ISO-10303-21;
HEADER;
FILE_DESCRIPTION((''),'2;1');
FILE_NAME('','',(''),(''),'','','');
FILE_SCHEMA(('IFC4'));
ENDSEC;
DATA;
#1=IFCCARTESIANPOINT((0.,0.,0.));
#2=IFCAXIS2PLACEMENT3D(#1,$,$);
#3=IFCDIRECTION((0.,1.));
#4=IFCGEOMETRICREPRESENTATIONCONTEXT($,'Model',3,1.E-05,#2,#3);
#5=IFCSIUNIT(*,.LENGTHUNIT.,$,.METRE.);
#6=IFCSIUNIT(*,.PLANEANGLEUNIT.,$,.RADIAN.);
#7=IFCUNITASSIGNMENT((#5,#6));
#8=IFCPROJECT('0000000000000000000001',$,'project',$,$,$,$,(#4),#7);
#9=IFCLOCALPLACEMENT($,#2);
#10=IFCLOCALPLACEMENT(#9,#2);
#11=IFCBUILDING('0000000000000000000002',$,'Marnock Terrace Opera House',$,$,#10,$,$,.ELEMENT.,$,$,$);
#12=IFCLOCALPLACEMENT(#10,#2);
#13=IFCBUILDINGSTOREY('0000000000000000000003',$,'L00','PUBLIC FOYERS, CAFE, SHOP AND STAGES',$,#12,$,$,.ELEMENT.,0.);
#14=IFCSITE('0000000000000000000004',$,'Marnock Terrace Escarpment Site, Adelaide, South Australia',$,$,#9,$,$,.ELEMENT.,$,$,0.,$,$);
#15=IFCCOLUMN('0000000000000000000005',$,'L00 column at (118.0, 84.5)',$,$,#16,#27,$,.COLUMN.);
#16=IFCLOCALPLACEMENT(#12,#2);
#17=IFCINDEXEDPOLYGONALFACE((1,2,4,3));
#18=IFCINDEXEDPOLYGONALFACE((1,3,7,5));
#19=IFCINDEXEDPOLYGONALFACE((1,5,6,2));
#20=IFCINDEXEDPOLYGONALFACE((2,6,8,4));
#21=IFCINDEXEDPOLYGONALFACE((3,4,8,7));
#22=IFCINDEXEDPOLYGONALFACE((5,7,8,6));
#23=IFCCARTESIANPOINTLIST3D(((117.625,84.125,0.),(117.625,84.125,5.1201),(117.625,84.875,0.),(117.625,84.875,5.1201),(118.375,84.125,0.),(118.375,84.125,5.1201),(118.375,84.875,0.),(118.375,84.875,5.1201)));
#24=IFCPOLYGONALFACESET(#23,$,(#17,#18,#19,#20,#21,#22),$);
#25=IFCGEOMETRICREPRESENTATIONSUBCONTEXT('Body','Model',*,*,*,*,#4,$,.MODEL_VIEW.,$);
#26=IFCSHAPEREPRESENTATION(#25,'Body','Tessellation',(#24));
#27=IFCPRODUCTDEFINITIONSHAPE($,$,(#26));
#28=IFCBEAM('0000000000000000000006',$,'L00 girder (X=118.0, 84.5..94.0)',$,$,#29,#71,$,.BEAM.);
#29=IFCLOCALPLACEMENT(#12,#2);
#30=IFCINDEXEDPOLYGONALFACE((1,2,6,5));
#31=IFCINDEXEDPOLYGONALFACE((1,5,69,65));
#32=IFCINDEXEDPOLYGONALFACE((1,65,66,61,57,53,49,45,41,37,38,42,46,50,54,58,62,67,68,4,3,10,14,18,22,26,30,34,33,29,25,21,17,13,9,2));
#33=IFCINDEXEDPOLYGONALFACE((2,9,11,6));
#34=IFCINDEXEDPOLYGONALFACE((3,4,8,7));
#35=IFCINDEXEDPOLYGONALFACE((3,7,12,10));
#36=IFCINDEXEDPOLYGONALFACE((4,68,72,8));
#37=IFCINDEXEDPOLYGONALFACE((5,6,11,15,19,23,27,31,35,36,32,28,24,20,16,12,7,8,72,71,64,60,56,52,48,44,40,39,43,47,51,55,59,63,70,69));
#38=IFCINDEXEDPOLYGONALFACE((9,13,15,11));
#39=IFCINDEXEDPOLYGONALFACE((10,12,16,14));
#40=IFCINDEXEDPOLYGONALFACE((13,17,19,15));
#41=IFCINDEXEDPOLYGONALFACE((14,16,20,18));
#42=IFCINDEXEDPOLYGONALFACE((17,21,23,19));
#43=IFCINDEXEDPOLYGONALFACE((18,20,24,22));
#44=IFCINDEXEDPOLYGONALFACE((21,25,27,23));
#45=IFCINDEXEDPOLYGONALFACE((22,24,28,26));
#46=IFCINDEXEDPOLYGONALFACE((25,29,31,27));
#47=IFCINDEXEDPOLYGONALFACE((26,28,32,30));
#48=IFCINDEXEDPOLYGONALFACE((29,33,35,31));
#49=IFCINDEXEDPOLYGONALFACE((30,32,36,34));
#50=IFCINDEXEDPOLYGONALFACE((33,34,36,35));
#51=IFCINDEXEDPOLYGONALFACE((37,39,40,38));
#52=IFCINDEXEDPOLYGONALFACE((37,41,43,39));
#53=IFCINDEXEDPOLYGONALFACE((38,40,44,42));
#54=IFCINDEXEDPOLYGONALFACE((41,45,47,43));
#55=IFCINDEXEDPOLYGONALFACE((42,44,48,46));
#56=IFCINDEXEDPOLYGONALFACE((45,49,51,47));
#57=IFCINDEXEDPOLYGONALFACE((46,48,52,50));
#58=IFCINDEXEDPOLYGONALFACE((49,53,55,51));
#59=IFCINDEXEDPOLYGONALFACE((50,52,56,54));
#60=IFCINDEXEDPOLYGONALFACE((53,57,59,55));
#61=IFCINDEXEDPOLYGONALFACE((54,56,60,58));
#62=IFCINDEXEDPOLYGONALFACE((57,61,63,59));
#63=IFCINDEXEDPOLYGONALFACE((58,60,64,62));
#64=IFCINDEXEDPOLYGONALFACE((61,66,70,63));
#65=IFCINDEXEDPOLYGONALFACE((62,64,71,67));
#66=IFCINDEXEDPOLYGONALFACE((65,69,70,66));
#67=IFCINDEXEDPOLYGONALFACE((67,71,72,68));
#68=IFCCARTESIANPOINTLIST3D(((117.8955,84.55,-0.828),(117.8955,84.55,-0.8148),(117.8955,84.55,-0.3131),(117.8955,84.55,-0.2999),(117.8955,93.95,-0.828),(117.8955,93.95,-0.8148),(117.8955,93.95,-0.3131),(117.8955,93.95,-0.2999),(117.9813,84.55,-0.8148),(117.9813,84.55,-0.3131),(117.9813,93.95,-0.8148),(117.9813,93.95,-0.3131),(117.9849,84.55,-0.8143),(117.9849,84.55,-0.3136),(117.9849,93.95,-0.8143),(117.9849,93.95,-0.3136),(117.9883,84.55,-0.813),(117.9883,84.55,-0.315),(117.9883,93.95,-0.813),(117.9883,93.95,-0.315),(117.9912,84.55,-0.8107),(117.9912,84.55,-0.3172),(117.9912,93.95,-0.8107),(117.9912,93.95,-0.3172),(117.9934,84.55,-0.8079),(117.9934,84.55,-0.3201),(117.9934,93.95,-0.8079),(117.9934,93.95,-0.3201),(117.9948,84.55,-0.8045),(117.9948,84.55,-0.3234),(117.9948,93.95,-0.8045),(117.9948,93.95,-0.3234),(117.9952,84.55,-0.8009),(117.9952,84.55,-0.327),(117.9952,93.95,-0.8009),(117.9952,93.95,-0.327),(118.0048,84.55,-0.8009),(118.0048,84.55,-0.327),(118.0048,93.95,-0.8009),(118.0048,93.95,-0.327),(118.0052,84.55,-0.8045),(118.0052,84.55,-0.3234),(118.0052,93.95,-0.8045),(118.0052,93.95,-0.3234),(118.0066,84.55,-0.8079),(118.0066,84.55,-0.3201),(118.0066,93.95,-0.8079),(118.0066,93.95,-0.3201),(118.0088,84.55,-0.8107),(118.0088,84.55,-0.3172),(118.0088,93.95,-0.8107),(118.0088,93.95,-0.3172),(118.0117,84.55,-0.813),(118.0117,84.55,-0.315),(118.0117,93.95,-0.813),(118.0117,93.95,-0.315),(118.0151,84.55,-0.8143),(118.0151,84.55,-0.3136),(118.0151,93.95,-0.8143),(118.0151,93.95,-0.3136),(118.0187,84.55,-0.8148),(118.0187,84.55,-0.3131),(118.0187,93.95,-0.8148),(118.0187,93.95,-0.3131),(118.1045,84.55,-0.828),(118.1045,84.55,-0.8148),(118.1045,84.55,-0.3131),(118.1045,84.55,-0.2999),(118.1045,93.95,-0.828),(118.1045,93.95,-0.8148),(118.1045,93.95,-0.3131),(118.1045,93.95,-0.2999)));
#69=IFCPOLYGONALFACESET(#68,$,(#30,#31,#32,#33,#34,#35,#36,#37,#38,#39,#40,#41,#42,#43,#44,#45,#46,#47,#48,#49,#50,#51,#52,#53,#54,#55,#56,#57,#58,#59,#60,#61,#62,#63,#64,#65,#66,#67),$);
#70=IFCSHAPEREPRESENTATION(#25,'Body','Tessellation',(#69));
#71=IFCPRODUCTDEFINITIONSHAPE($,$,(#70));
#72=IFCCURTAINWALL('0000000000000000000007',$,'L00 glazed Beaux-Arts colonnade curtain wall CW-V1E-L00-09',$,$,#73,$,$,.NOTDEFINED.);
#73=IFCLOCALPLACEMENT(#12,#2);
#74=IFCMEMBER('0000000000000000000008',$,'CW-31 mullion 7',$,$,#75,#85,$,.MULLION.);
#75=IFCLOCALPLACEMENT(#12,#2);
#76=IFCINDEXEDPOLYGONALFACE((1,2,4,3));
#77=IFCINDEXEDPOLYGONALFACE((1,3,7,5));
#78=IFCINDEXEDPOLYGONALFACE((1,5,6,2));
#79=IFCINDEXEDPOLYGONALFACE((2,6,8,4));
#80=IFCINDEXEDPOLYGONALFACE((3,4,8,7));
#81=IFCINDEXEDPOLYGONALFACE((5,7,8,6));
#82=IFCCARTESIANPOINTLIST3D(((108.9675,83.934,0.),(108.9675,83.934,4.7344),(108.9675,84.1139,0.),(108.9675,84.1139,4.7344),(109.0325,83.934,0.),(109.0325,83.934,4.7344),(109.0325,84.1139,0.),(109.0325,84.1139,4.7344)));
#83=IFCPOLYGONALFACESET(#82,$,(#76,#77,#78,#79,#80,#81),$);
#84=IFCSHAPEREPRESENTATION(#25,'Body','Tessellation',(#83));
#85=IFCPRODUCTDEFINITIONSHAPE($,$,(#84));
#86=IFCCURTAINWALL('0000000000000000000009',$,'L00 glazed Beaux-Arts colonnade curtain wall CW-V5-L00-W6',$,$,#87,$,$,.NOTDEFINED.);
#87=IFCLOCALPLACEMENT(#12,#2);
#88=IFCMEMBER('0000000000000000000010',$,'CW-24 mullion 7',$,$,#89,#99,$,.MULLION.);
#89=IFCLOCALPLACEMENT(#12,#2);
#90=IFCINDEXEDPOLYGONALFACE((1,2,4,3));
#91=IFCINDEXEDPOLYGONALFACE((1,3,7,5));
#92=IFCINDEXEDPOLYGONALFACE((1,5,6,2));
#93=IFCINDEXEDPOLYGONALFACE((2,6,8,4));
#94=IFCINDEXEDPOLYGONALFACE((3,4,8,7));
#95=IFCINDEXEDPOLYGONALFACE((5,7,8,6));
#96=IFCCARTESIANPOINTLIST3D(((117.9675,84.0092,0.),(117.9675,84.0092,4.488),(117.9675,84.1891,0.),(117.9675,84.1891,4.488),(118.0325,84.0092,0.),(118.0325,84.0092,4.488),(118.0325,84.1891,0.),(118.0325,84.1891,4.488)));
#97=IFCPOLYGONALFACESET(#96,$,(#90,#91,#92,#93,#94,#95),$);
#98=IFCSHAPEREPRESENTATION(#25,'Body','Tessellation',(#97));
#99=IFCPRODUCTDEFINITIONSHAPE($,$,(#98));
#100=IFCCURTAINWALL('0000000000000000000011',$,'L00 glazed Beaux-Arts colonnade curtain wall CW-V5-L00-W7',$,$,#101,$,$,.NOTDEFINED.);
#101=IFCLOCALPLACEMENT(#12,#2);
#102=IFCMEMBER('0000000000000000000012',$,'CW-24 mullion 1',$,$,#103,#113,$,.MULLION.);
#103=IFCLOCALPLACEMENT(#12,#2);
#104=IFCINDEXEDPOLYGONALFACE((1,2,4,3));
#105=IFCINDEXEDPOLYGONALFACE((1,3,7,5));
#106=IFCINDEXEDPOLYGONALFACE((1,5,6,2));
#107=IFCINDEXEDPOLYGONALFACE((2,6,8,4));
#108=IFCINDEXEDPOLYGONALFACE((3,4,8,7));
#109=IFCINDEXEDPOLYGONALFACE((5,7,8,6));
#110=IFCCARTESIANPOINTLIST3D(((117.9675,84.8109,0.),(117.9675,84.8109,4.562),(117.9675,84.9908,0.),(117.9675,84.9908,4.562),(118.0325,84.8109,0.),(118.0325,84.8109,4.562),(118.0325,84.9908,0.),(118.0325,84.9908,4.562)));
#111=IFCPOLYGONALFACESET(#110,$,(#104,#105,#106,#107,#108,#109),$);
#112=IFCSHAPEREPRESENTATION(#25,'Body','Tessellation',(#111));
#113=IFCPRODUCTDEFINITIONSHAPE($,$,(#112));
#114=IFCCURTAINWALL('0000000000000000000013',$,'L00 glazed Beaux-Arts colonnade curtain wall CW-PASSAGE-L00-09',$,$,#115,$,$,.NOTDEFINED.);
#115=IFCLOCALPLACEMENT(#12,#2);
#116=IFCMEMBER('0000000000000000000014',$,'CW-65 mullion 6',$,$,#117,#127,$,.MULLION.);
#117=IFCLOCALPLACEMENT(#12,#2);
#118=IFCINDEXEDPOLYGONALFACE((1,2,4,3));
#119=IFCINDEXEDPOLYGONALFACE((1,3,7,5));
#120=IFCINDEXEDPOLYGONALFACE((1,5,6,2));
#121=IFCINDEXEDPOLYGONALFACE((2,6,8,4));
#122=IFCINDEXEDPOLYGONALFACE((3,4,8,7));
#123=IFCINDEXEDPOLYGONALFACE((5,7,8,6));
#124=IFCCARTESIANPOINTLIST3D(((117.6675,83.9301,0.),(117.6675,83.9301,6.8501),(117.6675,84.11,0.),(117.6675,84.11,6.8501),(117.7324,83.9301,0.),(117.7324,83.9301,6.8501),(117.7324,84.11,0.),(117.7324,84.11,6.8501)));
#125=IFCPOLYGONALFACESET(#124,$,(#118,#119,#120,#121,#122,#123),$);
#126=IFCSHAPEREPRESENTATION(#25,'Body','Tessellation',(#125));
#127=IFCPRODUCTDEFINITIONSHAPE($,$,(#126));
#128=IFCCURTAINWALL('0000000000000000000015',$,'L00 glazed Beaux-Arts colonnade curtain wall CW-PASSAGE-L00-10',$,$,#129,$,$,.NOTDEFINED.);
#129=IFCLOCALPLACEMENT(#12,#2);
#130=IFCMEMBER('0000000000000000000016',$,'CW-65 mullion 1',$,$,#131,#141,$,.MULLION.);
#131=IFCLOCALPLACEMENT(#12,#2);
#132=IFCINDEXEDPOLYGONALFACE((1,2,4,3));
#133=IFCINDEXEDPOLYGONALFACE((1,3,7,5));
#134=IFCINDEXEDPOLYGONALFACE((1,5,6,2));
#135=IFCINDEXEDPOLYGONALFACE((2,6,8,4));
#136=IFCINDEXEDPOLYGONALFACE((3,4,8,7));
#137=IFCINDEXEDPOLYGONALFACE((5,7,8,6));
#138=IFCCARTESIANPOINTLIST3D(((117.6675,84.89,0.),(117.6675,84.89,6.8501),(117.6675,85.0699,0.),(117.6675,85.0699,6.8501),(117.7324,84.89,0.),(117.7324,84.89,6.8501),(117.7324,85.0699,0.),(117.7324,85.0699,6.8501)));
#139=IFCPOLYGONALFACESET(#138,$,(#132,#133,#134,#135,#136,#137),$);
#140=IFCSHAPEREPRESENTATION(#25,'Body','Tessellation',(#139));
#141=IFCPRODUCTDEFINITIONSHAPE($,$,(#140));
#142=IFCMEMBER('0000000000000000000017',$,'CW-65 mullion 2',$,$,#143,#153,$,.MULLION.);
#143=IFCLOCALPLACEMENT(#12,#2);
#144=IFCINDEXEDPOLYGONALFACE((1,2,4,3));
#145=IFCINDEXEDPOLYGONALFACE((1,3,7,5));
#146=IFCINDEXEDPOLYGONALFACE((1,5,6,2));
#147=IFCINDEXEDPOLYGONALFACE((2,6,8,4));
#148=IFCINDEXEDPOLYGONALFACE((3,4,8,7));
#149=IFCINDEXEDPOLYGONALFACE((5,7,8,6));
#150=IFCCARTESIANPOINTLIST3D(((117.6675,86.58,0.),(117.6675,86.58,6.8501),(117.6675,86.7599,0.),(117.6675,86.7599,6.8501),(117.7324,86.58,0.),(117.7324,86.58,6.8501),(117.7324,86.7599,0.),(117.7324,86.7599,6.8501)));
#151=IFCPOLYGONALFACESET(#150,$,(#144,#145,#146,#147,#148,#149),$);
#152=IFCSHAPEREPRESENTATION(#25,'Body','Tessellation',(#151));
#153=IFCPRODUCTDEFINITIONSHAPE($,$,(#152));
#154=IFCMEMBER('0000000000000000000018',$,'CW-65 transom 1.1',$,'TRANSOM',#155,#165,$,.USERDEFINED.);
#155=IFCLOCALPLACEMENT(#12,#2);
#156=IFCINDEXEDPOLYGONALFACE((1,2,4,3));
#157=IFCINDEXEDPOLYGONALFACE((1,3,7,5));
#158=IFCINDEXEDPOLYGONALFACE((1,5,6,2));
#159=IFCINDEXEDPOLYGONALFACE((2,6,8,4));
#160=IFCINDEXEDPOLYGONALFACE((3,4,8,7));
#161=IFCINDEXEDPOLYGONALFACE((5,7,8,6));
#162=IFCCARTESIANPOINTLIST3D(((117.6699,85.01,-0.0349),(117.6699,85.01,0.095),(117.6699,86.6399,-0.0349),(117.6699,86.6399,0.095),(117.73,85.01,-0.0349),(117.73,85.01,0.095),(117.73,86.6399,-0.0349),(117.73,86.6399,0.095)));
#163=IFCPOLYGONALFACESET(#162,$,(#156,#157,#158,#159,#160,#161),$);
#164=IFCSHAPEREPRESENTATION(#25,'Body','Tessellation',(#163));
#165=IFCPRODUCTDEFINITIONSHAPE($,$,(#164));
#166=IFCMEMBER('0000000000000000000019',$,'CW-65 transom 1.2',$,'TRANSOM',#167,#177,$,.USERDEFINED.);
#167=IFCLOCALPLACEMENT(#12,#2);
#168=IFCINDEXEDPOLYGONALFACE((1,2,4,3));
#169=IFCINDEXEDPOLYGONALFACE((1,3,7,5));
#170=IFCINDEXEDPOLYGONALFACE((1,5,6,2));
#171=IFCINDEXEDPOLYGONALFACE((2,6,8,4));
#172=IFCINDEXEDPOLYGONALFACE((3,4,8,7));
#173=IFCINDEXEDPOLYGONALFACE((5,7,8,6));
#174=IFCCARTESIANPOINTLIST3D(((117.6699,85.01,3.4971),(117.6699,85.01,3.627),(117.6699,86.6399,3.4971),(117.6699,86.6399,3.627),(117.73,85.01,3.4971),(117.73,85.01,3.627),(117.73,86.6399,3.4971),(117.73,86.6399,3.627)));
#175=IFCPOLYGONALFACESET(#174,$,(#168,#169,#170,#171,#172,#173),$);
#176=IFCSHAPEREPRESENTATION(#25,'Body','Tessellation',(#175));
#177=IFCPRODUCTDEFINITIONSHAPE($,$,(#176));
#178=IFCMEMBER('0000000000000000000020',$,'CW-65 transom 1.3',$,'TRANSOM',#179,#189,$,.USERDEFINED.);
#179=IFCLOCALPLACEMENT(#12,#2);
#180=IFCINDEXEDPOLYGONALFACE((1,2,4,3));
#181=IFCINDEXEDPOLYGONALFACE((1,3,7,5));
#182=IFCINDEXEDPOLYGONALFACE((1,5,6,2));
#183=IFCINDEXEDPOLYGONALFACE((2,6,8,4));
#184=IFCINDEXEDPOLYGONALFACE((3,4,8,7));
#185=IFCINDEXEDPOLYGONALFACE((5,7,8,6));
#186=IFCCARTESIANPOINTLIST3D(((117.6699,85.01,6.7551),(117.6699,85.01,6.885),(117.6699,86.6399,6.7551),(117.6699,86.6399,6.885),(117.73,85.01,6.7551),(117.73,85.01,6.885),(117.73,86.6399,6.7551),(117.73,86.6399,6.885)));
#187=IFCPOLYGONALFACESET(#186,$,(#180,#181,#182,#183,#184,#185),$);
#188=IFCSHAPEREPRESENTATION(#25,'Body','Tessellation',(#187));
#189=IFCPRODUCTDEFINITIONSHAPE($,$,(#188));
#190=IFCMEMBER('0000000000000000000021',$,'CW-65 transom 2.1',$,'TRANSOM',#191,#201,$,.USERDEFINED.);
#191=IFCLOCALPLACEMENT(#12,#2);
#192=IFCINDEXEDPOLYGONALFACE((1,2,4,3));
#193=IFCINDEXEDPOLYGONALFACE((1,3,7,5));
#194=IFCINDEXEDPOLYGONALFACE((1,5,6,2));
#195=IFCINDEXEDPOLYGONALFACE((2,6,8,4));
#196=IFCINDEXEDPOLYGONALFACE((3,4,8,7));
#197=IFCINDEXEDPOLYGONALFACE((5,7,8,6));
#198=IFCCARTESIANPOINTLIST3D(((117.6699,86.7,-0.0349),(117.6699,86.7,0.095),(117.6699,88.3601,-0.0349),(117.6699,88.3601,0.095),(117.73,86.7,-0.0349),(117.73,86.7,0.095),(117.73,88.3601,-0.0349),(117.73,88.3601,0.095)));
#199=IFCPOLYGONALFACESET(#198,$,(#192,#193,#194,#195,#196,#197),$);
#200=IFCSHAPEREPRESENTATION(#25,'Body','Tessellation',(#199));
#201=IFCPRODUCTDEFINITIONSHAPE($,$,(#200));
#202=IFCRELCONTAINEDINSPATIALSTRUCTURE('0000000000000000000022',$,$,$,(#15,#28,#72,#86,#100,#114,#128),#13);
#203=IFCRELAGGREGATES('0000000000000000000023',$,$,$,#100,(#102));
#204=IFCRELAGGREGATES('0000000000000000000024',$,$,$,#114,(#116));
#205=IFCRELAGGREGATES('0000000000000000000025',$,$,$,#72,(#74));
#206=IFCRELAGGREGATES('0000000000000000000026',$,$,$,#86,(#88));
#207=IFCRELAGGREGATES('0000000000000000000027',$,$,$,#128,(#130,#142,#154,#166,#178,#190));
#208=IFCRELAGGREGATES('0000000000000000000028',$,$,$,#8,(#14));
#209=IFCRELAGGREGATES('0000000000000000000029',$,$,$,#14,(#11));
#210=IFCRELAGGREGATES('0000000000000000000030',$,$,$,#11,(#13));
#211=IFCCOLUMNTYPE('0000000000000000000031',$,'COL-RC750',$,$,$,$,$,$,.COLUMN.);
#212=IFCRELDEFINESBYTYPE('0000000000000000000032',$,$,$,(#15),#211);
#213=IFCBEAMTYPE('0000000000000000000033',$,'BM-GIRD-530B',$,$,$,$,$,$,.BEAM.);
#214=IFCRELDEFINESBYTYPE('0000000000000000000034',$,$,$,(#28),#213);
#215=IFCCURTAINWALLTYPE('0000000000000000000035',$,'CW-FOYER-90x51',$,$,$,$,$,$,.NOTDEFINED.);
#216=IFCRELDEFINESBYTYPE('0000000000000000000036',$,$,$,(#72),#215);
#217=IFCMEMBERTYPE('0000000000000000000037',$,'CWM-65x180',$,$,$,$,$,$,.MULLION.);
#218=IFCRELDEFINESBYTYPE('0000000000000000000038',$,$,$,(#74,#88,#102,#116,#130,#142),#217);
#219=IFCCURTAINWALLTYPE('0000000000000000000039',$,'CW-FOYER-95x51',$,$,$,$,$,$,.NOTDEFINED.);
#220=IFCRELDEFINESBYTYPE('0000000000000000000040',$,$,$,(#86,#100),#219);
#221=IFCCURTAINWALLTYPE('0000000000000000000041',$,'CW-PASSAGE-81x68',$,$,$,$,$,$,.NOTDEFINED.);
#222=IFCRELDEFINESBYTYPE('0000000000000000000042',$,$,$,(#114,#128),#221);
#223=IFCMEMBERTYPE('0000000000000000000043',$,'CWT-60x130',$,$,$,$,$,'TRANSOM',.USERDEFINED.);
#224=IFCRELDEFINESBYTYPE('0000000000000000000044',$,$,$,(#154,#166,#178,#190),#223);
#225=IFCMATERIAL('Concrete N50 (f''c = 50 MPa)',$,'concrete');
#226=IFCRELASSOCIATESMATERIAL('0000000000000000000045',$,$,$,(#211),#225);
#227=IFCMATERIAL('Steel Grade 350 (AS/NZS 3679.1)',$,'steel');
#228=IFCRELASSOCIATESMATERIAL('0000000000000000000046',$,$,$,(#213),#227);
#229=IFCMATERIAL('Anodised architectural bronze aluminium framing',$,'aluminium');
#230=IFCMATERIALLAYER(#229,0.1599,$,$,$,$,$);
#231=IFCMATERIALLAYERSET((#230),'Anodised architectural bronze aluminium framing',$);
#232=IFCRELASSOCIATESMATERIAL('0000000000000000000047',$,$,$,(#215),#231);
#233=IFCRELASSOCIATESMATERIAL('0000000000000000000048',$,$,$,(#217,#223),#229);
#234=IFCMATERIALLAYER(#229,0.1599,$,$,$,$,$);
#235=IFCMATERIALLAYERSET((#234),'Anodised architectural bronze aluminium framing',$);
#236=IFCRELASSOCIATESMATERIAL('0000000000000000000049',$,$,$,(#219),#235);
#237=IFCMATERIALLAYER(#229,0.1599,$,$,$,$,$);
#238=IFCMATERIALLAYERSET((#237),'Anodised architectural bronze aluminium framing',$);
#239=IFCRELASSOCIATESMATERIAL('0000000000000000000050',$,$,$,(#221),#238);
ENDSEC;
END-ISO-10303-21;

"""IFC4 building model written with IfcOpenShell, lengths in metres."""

from ifc_helpers import new_model, si_unit, direction, frame, origin, origin_2d, place, context, subcontext, project, spatial, rectangle, i_section, extrude, material, layer, layer_set, material_profile, profile_set, type_object, element, aggregate, save


model = new_model("IFC4")

# Units and contexts
model_context = context("Model", 3, precision=1e-05, world=origin(), true_north=direction((0.0, 1.0)))
body_context = subcontext(model_context, "Body", "Model", "MODEL_VIEW")
ifc_project = project(units=[si_unit("LENGTHUNIT", "METRE"), si_unit("PLANEANGLEUNIT", "RADIAN")], contexts=[model_context])

# Site, building, storey
site_placement = place(None, origin())
site = spatial("IfcSite", under=ifc_project, at=site_placement, Name="Marnock Terrace Escarpment Site, Adelaide, South Australia", CompositionType="ELEMENT", RefElevation=0.0)
building_placement = place(site_placement, origin())
building = spatial("IfcBuilding", under=site, at=building_placement, Name="Marnock Terrace Opera House", CompositionType="ELEMENT")
storey_placement = place(building_placement, origin())
storey = spatial("IfcBuildingStorey", under=building, at=storey_placement, Name="L00", Description="PUBLIC FOYERS, CAFE, SHOP AND STAGES", CompositionType="ELEMENT", Elevation=0.0)

# Column
ifc_material_1 = material(Name="Concrete N50 (f'c = 50 MPa)", Category="concrete")
ifc_material_profile_1 = material_profile(ifc_material_1, rectangle(XDim=0.75, YDim=0.75, at=origin_2d()))
ifc_profile_set_1 = profile_set([ifc_material_profile_1], Name="Concrete N50 (f'c = 50 MPa)")
column_type = type_object("IfcColumnType", Name="COL-RC750", PredefinedType="COLUMN", material=ifc_profile_set_1)
column_placement = place(storey_placement, frame((118.0, 84.5, 0.0), z_axis=(0.0, 0.0, 1.0), x_axis=(1.0, 0.0, 0.0)))
element("IfcColumn", 1, at=column_placement, inside=storey, type_object=column_type, Name="L00 column at (118.0, 84.5)", PredefinedType="COLUMN", context=body_context, shape_type="SweptSolid", body=[
    extrude(rectangle(XDim=0.75, YDim=0.75, at=origin_2d()), origin(), (0.0, 0.0, 1.0), 5.1201),
])

# Beam
ifc_material_2 = material(Name="Steel Grade 350 (AS/NZS 3679.1)", Category="steel")
ifc_material_profile_2 = material_profile(ifc_material_2, i_section(OverallWidth=0.209, OverallDepth=0.5281, WebThickness=0.0095, FlangeThickness=0.0132, FilletRadius=0.0139, at=origin_2d()))
ifc_profile_set_2 = profile_set([ifc_material_profile_2], Name="Steel Grade 350 (AS/NZS 3679.1)")
beam_type = type_object("IfcBeamType", Name="BM-GIRD-530B", PredefinedType="BEAM", material=ifc_profile_set_2)
beam_placement = place(storey_placement, frame((118.0, 84.55, -0.564), z_axis=(0.0, 1.0, 0.0), x_axis=(-1.0, 0.0, 0.0)))
element("IfcBeam", 2, at=beam_placement, inside=storey, type_object=beam_type, Name="L00 girder (X=118.0, 84.5..94.0)", PredefinedType="BEAM", context=body_context, shape_type="SweptSolid", body=[
    extrude(i_section(OverallWidth=0.209, OverallDepth=0.5281, WebThickness=0.0095, FlangeThickness=0.0132, FilletRadius=0.0139, at=origin_2d()), origin(), (0.0, 0.0, 1.0), 9.3999),
])

# Curtain walls, members
ifc_material_3 = material(Name="Anodised architectural bronze aluminium framing", Category="aluminium")
ifc_layer_1 = layer(ifc_material_3, 0.1599)
ifc_layer_set_1 = layer_set([ifc_layer_1], Name="Anodised architectural bronze aluminium framing")
curtain_wall_type_1 = type_object("IfcCurtainWallType", Name="CW-FOYER-90x51", PredefinedType="NOTDEFINED", material=ifc_layer_set_1)
curtain_wall_1_placement = place(storey_placement, origin())
curtain_wall_1 = element("IfcCurtainWall", 3, at=curtain_wall_1_placement, inside=storey, type_object=curtain_wall_type_1, Name="L00 glazed Beaux-Arts colonnade curtain wall CW-V1E-L00-09", PredefinedType="NOTDEFINED")
ifc_material_profile_3 = material_profile(ifc_material_3, rectangle(XDim=0.0649, YDim=0.1799, at=origin_2d()))
ifc_profile_set_3 = profile_set([ifc_material_profile_3], Name="Anodised architectural bronze aluminium framing")
member_type_1 = type_object("IfcMemberType", Name="CWM-65x180", PredefinedType="MULLION", material=ifc_profile_set_3)
member_1_placement = place(storey_placement, frame((109.0, 84.0239, 0.0), z_axis=(0.0, 0.0, 1.0), x_axis=(-1.0, 0.0, 0.0)))
member_1 = element("IfcMember", 4, at=member_1_placement, type_object=member_type_1, Name="CW-31 mullion 7", PredefinedType="MULLION", context=body_context, shape_type="SweptSolid", body=[
    extrude(rectangle(XDim=0.0649, YDim=0.1799, at=origin_2d()), origin(), (0.0, 0.0, 1.0), 4.7344),
])
ifc_layer_2 = layer(ifc_material_3, 0.1599)
ifc_layer_set_2 = layer_set([ifc_layer_2], Name="Anodised architectural bronze aluminium framing")
curtain_wall_type_2 = type_object("IfcCurtainWallType", Name="CW-FOYER-95x51", PredefinedType="NOTDEFINED", material=ifc_layer_set_2)
curtain_wall_2_placement = place(storey_placement, origin())
curtain_wall_2 = element("IfcCurtainWall", 5, at=curtain_wall_2_placement, inside=storey, type_object=curtain_wall_type_2, Name="L00 glazed Beaux-Arts colonnade curtain wall CW-V5-L00-W6", PredefinedType="NOTDEFINED")
member_2_placement = place(storey_placement, frame((118.0, 84.0991, 0.0), z_axis=(0.0, 0.0, 1.0), x_axis=(-1.0, 0.0, 0.0)))
member_2 = element("IfcMember", 6, at=member_2_placement, type_object=member_type_1, Name="CW-24 mullion 7", PredefinedType="MULLION", context=body_context, shape_type="SweptSolid", body=[
    extrude(rectangle(XDim=0.0649, YDim=0.1799, at=origin_2d()), origin(), (0.0, 0.0, 1.0), 4.488),
])
curtain_wall_3_placement = place(storey_placement, origin())
curtain_wall_3 = element("IfcCurtainWall", 7, at=curtain_wall_3_placement, inside=storey, type_object=curtain_wall_type_2, Name="L00 glazed Beaux-Arts colonnade curtain wall CW-V5-L00-W7", PredefinedType="NOTDEFINED")
member_3_placement = place(storey_placement, frame((118.0, 84.9009, 0.0), z_axis=(0.0, 0.0, 1.0), x_axis=(-1.0, 0.0, 0.0)))
member_3 = element("IfcMember", 8, at=member_3_placement, type_object=member_type_1, Name="CW-24 mullion 1", PredefinedType="MULLION", context=body_context, shape_type="SweptSolid", body=[
    extrude(rectangle(XDim=0.0649, YDim=0.1799, at=origin_2d()), origin(), (0.0, 0.0, 1.0), 4.562),
])
aggregate(curtain_wall_3, [member_3])
ifc_layer_3 = layer(ifc_material_3, 0.1599)
ifc_layer_set_3 = layer_set([ifc_layer_3], Name="Anodised architectural bronze aluminium framing")
curtain_wall_type_3 = type_object("IfcCurtainWallType", Name="CW-PASSAGE-81x68", PredefinedType="NOTDEFINED", material=ifc_layer_set_3)
curtain_wall_4_placement = place(storey_placement, origin())
curtain_wall_4 = element("IfcCurtainWall", 9, at=curtain_wall_4_placement, inside=storey, type_object=curtain_wall_type_3, Name="L00 glazed Beaux-Arts colonnade curtain wall CW-PASSAGE-L00-09", PredefinedType="NOTDEFINED")
member_4_placement = place(storey_placement, frame((117.7, 84.02, 0.0), z_axis=(0.0, 0.0, 1.0), x_axis=(-1.0, 0.0, 0.0)))
member_4 = element("IfcMember", 10, at=member_4_placement, type_object=member_type_1, Name="CW-65 mullion 6", PredefinedType="MULLION", context=body_context, shape_type="SweptSolid", body=[
    extrude(rectangle(XDim=0.0649, YDim=0.1799, at=origin_2d()), origin(), (0.0, 0.0, 1.0), 6.8501),
])
aggregate(curtain_wall_4, [member_4])

# Curtain wall, members
curtain_wall_5_placement = place(storey_placement, origin())
curtain_wall_5 = element("IfcCurtainWall", 11, at=curtain_wall_5_placement, inside=storey, type_object=curtain_wall_type_3, Name="L00 glazed Beaux-Arts colonnade curtain wall CW-PASSAGE-L00-10", PredefinedType="NOTDEFINED")
member_5_placement = place(storey_placement, frame((117.7, 84.98, 0.0), z_axis=(0.0, 0.0, 1.0), x_axis=(-1.0, 0.0, 0.0)))
member_5 = element("IfcMember", 12, at=member_5_placement, type_object=member_type_1, Name="CW-65 mullion 1", PredefinedType="MULLION", context=body_context, shape_type="SweptSolid", body=[
    extrude(rectangle(XDim=0.0649, YDim=0.1799, at=origin_2d()), origin(), (0.0, 0.0, 1.0), 6.8501),
])
member_6_placement = place(storey_placement, frame((117.7, 86.6699, 0.0), z_axis=(0.0, 0.0, 1.0), x_axis=(-1.0, 0.0, 0.0)))
member_6 = element("IfcMember", 13, at=member_6_placement, type_object=member_type_1, Name="CW-65 mullion 2", PredefinedType="MULLION", context=body_context, shape_type="SweptSolid", body=[
    extrude(rectangle(XDim=0.0649, YDim=0.1799, at=origin_2d()), origin(), (0.0, 0.0, 1.0), 6.8501),
])
ifc_material_profile_4 = material_profile(ifc_material_3, rectangle(XDim=0.0601, YDim=0.1299, at=origin_2d()))
ifc_profile_set_4 = profile_set([ifc_material_profile_4], Name="Anodised architectural bronze aluminium framing")
member_type_2 = type_object("IfcMemberType", Name="CWT-60x130", ElementType="TRANSOM", PredefinedType="USERDEFINED", material=ifc_profile_set_4)
member_7_placement = place(storey_placement, frame((117.7, 85.01, 0.03), z_axis=(0.0, 1.0, 0.0), x_axis=(-1.0, 0.0, 0.0)))
member_7 = element("IfcMember", 14, at=member_7_placement, type_object=member_type_2, Name="CW-65 transom 1.1", ObjectType="TRANSOM", PredefinedType="USERDEFINED", context=body_context, shape_type="SweptSolid", body=[
    extrude(rectangle(XDim=0.0601, YDim=0.1299, at=origin_2d()), origin(), (0.0, 0.0, 1.0), 1.6299),
])
member_8_placement = place(storey_placement, frame((117.7, 85.01, 3.562), z_axis=(0.0, 1.0, 0.0), x_axis=(-1.0, 0.0, 0.0)))
member_8 = element("IfcMember", 15, at=member_8_placement, type_object=member_type_2, Name="CW-65 transom 1.2", ObjectType="TRANSOM", PredefinedType="USERDEFINED", context=body_context, shape_type="SweptSolid", body=[
    extrude(rectangle(XDim=0.0601, YDim=0.1299, at=origin_2d()), origin(), (0.0, 0.0, 1.0), 1.6299),
])
member_9_placement = place(storey_placement, frame((117.7, 85.01, 6.8201), z_axis=(0.0, 1.0, 0.0), x_axis=(-1.0, 0.0, 0.0)))
member_9 = element("IfcMember", 16, at=member_9_placement, type_object=member_type_2, Name="CW-65 transom 1.3", ObjectType="TRANSOM", PredefinedType="USERDEFINED", context=body_context, shape_type="SweptSolid", body=[
    extrude(rectangle(XDim=0.0601, YDim=0.1299, at=origin_2d()), origin(), (0.0, 0.0, 1.0), 1.6299),
])
member_10_placement = place(storey_placement, frame((117.7, 86.7, 0.03), z_axis=(0.0, 1.0, 0.0), x_axis=(-1.0, 0.0, 0.0)))
member_10 = element("IfcMember", 17, at=member_10_placement, type_object=member_type_2, Name="CW-65 transom 2.1", ObjectType="TRANSOM", PredefinedType="USERDEFINED", context=body_context, shape_type="SweptSolid", body=[
    extrude(rectangle(XDim=0.0601, YDim=0.1299, at=origin_2d()), origin(), (0.0, 0.0, 1.0), 1.6602),
])

aggregate(curtain_wall_1, [member_1])
aggregate(curtain_wall_2, [member_2])
aggregate(curtain_wall_5, [member_5, member_6, member_7, member_8, member_9, member_10])

save(model, "model.ifc")
